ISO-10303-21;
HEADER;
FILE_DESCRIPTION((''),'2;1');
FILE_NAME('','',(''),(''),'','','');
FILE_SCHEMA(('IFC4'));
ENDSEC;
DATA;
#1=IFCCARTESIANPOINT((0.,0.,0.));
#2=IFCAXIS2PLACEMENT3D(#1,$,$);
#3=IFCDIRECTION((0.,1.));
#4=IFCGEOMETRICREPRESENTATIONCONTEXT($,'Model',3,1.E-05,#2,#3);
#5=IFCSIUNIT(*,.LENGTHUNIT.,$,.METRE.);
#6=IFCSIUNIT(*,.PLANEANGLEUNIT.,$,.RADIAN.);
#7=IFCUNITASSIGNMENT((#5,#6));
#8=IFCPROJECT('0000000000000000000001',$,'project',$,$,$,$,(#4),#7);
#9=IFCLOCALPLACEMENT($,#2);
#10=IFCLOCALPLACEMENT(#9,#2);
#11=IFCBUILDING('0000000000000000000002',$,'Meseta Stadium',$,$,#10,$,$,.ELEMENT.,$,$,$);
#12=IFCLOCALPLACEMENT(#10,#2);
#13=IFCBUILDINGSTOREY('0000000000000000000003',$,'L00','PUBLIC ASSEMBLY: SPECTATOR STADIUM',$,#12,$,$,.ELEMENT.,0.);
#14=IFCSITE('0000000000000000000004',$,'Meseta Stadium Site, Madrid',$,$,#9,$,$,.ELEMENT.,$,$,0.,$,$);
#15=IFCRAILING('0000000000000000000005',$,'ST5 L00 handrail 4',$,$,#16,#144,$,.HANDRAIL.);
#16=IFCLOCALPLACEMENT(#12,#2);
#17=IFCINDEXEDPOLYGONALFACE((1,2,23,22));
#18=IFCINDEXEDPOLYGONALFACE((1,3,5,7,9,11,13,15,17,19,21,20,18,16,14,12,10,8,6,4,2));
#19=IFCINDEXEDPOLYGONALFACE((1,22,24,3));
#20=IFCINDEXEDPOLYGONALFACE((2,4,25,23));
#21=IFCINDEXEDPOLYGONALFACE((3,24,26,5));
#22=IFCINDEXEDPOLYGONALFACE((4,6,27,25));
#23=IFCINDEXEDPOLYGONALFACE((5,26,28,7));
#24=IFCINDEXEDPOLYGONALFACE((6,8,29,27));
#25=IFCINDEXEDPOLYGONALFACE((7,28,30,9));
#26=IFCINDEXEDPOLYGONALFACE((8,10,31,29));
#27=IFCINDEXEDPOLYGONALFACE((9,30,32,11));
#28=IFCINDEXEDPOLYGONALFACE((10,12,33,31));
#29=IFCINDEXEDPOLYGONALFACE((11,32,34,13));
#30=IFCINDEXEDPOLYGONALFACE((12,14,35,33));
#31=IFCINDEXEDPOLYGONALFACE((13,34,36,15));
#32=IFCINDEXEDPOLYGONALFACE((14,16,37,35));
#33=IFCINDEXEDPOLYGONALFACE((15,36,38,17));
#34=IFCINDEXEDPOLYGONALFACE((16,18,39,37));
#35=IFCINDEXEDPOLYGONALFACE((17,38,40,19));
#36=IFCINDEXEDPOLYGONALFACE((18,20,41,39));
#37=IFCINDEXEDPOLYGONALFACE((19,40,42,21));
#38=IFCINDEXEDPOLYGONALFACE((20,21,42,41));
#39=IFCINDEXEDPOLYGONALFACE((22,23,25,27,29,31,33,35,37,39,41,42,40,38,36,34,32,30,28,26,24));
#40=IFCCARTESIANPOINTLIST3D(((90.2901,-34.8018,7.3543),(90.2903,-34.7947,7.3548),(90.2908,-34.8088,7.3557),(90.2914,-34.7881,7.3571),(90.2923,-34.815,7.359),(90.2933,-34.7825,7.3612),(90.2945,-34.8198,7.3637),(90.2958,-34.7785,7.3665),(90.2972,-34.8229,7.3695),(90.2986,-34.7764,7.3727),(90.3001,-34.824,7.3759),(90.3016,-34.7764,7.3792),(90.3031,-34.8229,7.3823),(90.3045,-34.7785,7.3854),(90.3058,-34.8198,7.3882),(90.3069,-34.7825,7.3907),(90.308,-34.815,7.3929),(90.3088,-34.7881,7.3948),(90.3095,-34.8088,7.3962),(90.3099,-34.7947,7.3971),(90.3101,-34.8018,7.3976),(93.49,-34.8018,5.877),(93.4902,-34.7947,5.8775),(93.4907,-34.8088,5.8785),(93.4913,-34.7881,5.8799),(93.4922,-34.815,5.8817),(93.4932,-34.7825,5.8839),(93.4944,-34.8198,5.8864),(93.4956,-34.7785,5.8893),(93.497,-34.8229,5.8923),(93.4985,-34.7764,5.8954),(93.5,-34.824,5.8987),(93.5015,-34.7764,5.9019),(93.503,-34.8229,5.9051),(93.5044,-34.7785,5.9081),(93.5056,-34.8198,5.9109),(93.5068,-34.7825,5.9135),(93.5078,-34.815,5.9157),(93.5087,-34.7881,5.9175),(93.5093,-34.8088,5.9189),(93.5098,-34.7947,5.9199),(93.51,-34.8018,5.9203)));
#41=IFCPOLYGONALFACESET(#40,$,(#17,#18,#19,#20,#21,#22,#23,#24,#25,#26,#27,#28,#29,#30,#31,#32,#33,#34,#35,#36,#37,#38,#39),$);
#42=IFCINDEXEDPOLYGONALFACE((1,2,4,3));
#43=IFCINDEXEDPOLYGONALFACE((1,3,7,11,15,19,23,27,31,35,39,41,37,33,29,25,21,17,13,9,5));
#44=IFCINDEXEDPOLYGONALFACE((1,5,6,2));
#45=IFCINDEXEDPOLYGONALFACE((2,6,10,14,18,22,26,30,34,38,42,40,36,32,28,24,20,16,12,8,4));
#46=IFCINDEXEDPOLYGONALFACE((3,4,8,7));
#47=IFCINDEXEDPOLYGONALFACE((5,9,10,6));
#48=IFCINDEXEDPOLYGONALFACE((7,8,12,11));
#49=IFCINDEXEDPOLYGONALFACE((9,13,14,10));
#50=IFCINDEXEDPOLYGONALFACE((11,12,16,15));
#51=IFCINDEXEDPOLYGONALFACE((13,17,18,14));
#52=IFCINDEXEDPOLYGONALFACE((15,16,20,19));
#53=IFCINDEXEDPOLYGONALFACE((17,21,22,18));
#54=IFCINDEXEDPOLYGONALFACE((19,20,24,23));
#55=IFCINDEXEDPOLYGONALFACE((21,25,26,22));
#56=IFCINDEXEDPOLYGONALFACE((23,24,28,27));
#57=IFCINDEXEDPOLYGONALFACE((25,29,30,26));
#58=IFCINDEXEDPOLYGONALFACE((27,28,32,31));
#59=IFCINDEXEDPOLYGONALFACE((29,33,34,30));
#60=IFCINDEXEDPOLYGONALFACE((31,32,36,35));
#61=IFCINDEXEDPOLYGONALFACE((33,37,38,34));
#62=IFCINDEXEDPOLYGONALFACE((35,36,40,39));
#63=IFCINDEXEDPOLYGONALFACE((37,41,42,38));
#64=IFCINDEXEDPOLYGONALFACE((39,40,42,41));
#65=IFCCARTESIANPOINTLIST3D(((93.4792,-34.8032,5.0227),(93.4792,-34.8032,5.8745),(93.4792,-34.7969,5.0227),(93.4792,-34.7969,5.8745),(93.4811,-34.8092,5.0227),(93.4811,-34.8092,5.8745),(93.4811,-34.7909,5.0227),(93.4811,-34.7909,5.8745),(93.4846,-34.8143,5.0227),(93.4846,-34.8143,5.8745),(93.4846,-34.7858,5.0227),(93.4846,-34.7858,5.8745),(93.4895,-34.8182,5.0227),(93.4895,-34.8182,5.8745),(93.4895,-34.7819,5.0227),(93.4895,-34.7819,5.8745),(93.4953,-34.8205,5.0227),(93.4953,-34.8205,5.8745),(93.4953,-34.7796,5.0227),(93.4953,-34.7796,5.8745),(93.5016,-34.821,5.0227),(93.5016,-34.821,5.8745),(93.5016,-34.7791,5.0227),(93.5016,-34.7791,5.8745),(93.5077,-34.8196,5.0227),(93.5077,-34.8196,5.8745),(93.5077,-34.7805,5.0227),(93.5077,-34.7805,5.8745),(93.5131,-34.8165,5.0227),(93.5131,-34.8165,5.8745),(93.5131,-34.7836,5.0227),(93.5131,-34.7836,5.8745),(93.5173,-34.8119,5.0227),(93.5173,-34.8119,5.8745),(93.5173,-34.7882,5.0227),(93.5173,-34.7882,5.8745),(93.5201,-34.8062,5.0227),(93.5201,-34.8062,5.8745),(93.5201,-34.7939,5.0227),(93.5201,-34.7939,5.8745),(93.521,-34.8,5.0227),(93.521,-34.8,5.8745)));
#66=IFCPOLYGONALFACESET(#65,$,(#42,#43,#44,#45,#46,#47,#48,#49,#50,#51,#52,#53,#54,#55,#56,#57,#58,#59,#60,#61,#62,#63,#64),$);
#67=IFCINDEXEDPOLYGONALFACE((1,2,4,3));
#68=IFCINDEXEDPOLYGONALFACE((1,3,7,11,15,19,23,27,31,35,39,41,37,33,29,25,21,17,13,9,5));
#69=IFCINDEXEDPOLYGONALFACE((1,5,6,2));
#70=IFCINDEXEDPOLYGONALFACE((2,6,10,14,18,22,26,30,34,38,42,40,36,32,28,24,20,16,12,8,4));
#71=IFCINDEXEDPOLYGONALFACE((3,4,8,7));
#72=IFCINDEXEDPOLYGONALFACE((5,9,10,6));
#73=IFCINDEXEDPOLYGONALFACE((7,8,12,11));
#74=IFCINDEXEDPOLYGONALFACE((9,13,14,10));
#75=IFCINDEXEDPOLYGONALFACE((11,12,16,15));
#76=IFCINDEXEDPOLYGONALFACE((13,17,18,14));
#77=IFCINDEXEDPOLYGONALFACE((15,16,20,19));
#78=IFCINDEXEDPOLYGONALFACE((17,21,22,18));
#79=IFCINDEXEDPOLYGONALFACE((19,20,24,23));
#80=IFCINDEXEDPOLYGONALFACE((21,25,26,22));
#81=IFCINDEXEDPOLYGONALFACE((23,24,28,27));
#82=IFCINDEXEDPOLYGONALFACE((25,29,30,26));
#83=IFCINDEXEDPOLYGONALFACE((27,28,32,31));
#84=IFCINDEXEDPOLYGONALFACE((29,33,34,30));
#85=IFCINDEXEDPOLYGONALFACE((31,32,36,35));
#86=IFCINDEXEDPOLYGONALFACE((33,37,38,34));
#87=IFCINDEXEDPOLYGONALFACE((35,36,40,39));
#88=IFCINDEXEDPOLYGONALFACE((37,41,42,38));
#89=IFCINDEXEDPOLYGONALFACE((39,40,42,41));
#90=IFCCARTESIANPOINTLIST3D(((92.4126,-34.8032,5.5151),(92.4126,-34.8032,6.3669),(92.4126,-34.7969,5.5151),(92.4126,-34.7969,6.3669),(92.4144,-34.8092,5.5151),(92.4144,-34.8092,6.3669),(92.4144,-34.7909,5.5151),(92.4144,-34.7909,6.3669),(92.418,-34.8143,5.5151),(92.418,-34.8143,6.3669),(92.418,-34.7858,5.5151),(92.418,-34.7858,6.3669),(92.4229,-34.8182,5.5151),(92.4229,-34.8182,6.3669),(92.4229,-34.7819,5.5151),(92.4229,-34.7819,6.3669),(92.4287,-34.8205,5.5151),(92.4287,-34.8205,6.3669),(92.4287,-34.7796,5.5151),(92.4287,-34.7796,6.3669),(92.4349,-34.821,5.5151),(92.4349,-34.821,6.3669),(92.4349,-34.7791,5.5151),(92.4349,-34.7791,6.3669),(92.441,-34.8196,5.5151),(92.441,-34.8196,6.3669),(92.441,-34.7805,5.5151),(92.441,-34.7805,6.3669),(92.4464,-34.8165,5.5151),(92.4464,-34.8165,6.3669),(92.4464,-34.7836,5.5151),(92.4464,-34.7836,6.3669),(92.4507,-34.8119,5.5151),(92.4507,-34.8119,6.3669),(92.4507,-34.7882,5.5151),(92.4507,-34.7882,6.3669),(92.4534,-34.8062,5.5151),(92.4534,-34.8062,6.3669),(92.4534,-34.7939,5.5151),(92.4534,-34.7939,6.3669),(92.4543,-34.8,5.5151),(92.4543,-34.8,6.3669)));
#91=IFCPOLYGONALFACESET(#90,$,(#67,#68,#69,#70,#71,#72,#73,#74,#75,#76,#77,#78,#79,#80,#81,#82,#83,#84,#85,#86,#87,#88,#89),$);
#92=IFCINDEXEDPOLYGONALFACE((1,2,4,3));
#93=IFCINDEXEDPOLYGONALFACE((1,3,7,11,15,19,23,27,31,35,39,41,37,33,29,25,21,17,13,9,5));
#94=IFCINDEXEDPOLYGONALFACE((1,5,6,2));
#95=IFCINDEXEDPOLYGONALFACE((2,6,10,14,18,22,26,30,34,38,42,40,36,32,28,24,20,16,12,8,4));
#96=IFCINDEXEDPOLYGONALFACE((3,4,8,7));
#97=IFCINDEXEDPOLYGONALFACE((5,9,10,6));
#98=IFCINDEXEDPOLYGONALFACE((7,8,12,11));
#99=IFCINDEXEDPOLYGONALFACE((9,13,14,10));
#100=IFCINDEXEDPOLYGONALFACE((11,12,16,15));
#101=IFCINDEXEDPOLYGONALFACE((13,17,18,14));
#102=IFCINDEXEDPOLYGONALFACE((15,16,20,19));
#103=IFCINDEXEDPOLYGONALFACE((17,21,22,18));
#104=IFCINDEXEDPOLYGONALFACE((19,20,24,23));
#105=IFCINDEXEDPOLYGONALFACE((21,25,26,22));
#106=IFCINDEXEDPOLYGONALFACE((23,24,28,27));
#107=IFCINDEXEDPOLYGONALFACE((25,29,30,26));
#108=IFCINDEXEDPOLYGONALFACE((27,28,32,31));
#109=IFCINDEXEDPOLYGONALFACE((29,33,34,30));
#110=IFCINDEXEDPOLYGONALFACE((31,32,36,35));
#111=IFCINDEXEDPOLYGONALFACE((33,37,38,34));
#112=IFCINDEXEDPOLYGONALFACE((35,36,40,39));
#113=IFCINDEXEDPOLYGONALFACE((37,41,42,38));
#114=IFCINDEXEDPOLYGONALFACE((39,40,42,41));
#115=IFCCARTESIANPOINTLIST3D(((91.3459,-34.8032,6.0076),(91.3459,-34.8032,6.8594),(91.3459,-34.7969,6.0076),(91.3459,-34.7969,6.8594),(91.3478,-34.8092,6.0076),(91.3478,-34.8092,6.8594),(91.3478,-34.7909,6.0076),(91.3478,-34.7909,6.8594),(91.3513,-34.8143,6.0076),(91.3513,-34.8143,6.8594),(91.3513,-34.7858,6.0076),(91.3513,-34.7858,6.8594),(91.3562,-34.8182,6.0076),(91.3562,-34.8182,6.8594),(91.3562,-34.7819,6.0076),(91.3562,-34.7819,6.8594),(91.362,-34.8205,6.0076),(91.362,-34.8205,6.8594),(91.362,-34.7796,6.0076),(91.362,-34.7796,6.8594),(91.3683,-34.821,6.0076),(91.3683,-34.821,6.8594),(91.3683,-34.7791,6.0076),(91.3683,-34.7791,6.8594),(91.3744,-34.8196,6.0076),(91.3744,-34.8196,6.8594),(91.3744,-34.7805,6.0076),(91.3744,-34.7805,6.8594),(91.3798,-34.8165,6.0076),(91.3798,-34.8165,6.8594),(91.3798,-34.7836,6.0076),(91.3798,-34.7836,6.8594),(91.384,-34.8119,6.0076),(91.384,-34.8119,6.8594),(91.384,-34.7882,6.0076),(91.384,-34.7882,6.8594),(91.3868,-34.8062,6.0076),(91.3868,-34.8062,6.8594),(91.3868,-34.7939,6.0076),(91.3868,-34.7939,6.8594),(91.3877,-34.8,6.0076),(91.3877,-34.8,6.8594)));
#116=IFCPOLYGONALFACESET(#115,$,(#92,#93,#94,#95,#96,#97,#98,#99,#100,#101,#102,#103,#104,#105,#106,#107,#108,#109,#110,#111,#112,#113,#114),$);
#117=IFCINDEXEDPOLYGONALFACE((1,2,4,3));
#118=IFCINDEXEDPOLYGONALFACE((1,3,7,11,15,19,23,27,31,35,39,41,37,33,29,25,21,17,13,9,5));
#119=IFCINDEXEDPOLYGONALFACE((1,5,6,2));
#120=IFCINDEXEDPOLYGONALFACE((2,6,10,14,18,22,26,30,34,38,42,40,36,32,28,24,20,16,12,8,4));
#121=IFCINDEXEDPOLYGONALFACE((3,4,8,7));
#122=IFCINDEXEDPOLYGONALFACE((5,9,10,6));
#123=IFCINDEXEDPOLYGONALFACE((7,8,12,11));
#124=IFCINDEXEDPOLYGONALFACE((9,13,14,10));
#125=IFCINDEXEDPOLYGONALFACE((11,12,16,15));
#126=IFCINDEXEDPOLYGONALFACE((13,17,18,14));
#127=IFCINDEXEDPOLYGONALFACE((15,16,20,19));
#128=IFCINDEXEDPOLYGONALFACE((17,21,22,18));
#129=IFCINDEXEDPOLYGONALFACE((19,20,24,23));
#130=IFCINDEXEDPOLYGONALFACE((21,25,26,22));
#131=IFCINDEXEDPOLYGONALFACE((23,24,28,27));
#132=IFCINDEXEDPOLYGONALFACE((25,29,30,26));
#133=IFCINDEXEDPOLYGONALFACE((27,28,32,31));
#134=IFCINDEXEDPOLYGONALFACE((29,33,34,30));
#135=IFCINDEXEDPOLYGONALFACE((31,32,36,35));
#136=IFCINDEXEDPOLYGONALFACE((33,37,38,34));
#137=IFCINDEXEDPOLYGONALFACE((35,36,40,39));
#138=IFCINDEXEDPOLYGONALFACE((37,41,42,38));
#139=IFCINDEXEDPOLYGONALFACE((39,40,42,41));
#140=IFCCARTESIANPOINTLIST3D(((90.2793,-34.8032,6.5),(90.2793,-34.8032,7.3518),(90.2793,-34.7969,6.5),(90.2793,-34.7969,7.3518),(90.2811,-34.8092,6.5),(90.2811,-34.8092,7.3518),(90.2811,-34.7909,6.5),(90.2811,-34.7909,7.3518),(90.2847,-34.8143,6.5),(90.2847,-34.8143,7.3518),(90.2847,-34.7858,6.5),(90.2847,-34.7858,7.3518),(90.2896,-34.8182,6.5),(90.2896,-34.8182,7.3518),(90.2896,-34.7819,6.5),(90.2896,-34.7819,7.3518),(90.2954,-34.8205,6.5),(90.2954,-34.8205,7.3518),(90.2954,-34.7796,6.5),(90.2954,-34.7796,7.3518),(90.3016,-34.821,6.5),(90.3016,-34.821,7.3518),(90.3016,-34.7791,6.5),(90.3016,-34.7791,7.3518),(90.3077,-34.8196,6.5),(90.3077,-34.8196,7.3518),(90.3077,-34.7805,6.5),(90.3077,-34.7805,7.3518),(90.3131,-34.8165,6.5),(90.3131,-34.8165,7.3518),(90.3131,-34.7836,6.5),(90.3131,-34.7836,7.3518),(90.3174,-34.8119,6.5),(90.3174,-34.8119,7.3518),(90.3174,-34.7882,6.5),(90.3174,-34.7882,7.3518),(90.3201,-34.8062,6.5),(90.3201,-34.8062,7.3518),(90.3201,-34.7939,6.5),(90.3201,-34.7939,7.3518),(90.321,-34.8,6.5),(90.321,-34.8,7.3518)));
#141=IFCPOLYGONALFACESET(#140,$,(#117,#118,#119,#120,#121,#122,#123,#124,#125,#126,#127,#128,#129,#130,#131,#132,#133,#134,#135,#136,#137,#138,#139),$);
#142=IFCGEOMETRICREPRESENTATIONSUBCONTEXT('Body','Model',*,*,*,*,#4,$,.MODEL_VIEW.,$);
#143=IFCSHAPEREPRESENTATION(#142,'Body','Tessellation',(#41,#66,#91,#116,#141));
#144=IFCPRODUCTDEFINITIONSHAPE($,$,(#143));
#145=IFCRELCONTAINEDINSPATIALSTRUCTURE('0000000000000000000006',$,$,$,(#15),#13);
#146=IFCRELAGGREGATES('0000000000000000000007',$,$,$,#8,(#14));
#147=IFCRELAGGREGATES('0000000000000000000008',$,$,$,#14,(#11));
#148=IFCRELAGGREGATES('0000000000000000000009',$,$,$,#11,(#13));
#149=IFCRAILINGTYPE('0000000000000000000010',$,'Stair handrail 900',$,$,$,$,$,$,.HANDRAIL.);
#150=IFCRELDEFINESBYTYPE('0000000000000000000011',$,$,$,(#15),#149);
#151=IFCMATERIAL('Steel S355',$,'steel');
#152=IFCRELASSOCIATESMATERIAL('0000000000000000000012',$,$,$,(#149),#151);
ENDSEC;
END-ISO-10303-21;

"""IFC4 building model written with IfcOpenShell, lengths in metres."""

from ifc_helpers import new_model, si_unit, direction, frame, origin, origin_2d, place, context, subcontext, project, spatial, circle, extrude, material, type_object, element, save


model = new_model("IFC4")

# Units and contexts
model_context = context("Model", 3, precision=1e-05, world=origin(), true_north=direction((0.0, 1.0)))
body_context = subcontext(model_context, "Body", "Model", "MODEL_VIEW")
ifc_project = project(units=[si_unit("LENGTHUNIT", "METRE"), si_unit("PLANEANGLEUNIT", "RADIAN")], contexts=[model_context])

# Site, building, storey
site_placement = place(None, origin())
site = spatial("IfcSite", under=ifc_project, at=site_placement, Name="Meseta Stadium Site, Madrid", CompositionType="ELEMENT", RefElevation=0.0)
building_placement = place(site_placement, origin())
building = spatial("IfcBuilding", under=site, at=building_placement, Name="Meseta Stadium", CompositionType="ELEMENT")
storey_placement = place(building_placement, origin())
storey = spatial("IfcBuildingStorey", under=building, at=storey_placement, Name="L00", Description="PUBLIC ASSEMBLY: SPECTATOR STADIUM", CompositionType="ELEMENT", Elevation=0.0)

# Railing
ifc_material_1 = material(Name="Steel S355", Category="steel")
railing_type_1 = type_object("IfcRailingType", Name="Stair handrail 900", PredefinedType="HANDRAIL", material=ifc_material_1)
for number, where, name in (
    (1, (93.5, -34.8, 5.0227), "ST5 L00 handrail 4"),
):
    element("IfcRailing", number, at=place(storey_placement, frame(where)), inside=storey, type_object=railing_type_1, Name=name, PredefinedType="HANDRAIL", context=body_context, shape_type="SweptSolid", body=[
        extrude(circle(Radius=0.0239, at=origin_2d()), frame((0.0, 0.0, 0.876), z_axis=(-0.907917, 0.0, 0.41915), x_axis=(0.0, -1.0, 0.0)), (0.0, 0.0, 1.0), 3.5244),
        extrude(circle(Radius=0.021, at=origin_2d()), origin(), (0.0, 0.0, 1.0), 0.8518),
        extrude(circle(Radius=0.021, at=origin_2d()), frame((-1.0667, 0.0, 0.4924)), (0.0, 0.0, 1.0), 0.8518),
        extrude(circle(Radius=0.021, at=origin_2d()), frame((-2.1333, 0.0, 0.9849)), (0.0, 0.0, 1.0), 0.8518),
        extrude(circle(Radius=0.021, at=origin_2d()), frame((-3.2, 0.0, 1.4773)), (0.0, 0.0, 1.0), 0.8518),
    ])

save(model, "model.ifc")
